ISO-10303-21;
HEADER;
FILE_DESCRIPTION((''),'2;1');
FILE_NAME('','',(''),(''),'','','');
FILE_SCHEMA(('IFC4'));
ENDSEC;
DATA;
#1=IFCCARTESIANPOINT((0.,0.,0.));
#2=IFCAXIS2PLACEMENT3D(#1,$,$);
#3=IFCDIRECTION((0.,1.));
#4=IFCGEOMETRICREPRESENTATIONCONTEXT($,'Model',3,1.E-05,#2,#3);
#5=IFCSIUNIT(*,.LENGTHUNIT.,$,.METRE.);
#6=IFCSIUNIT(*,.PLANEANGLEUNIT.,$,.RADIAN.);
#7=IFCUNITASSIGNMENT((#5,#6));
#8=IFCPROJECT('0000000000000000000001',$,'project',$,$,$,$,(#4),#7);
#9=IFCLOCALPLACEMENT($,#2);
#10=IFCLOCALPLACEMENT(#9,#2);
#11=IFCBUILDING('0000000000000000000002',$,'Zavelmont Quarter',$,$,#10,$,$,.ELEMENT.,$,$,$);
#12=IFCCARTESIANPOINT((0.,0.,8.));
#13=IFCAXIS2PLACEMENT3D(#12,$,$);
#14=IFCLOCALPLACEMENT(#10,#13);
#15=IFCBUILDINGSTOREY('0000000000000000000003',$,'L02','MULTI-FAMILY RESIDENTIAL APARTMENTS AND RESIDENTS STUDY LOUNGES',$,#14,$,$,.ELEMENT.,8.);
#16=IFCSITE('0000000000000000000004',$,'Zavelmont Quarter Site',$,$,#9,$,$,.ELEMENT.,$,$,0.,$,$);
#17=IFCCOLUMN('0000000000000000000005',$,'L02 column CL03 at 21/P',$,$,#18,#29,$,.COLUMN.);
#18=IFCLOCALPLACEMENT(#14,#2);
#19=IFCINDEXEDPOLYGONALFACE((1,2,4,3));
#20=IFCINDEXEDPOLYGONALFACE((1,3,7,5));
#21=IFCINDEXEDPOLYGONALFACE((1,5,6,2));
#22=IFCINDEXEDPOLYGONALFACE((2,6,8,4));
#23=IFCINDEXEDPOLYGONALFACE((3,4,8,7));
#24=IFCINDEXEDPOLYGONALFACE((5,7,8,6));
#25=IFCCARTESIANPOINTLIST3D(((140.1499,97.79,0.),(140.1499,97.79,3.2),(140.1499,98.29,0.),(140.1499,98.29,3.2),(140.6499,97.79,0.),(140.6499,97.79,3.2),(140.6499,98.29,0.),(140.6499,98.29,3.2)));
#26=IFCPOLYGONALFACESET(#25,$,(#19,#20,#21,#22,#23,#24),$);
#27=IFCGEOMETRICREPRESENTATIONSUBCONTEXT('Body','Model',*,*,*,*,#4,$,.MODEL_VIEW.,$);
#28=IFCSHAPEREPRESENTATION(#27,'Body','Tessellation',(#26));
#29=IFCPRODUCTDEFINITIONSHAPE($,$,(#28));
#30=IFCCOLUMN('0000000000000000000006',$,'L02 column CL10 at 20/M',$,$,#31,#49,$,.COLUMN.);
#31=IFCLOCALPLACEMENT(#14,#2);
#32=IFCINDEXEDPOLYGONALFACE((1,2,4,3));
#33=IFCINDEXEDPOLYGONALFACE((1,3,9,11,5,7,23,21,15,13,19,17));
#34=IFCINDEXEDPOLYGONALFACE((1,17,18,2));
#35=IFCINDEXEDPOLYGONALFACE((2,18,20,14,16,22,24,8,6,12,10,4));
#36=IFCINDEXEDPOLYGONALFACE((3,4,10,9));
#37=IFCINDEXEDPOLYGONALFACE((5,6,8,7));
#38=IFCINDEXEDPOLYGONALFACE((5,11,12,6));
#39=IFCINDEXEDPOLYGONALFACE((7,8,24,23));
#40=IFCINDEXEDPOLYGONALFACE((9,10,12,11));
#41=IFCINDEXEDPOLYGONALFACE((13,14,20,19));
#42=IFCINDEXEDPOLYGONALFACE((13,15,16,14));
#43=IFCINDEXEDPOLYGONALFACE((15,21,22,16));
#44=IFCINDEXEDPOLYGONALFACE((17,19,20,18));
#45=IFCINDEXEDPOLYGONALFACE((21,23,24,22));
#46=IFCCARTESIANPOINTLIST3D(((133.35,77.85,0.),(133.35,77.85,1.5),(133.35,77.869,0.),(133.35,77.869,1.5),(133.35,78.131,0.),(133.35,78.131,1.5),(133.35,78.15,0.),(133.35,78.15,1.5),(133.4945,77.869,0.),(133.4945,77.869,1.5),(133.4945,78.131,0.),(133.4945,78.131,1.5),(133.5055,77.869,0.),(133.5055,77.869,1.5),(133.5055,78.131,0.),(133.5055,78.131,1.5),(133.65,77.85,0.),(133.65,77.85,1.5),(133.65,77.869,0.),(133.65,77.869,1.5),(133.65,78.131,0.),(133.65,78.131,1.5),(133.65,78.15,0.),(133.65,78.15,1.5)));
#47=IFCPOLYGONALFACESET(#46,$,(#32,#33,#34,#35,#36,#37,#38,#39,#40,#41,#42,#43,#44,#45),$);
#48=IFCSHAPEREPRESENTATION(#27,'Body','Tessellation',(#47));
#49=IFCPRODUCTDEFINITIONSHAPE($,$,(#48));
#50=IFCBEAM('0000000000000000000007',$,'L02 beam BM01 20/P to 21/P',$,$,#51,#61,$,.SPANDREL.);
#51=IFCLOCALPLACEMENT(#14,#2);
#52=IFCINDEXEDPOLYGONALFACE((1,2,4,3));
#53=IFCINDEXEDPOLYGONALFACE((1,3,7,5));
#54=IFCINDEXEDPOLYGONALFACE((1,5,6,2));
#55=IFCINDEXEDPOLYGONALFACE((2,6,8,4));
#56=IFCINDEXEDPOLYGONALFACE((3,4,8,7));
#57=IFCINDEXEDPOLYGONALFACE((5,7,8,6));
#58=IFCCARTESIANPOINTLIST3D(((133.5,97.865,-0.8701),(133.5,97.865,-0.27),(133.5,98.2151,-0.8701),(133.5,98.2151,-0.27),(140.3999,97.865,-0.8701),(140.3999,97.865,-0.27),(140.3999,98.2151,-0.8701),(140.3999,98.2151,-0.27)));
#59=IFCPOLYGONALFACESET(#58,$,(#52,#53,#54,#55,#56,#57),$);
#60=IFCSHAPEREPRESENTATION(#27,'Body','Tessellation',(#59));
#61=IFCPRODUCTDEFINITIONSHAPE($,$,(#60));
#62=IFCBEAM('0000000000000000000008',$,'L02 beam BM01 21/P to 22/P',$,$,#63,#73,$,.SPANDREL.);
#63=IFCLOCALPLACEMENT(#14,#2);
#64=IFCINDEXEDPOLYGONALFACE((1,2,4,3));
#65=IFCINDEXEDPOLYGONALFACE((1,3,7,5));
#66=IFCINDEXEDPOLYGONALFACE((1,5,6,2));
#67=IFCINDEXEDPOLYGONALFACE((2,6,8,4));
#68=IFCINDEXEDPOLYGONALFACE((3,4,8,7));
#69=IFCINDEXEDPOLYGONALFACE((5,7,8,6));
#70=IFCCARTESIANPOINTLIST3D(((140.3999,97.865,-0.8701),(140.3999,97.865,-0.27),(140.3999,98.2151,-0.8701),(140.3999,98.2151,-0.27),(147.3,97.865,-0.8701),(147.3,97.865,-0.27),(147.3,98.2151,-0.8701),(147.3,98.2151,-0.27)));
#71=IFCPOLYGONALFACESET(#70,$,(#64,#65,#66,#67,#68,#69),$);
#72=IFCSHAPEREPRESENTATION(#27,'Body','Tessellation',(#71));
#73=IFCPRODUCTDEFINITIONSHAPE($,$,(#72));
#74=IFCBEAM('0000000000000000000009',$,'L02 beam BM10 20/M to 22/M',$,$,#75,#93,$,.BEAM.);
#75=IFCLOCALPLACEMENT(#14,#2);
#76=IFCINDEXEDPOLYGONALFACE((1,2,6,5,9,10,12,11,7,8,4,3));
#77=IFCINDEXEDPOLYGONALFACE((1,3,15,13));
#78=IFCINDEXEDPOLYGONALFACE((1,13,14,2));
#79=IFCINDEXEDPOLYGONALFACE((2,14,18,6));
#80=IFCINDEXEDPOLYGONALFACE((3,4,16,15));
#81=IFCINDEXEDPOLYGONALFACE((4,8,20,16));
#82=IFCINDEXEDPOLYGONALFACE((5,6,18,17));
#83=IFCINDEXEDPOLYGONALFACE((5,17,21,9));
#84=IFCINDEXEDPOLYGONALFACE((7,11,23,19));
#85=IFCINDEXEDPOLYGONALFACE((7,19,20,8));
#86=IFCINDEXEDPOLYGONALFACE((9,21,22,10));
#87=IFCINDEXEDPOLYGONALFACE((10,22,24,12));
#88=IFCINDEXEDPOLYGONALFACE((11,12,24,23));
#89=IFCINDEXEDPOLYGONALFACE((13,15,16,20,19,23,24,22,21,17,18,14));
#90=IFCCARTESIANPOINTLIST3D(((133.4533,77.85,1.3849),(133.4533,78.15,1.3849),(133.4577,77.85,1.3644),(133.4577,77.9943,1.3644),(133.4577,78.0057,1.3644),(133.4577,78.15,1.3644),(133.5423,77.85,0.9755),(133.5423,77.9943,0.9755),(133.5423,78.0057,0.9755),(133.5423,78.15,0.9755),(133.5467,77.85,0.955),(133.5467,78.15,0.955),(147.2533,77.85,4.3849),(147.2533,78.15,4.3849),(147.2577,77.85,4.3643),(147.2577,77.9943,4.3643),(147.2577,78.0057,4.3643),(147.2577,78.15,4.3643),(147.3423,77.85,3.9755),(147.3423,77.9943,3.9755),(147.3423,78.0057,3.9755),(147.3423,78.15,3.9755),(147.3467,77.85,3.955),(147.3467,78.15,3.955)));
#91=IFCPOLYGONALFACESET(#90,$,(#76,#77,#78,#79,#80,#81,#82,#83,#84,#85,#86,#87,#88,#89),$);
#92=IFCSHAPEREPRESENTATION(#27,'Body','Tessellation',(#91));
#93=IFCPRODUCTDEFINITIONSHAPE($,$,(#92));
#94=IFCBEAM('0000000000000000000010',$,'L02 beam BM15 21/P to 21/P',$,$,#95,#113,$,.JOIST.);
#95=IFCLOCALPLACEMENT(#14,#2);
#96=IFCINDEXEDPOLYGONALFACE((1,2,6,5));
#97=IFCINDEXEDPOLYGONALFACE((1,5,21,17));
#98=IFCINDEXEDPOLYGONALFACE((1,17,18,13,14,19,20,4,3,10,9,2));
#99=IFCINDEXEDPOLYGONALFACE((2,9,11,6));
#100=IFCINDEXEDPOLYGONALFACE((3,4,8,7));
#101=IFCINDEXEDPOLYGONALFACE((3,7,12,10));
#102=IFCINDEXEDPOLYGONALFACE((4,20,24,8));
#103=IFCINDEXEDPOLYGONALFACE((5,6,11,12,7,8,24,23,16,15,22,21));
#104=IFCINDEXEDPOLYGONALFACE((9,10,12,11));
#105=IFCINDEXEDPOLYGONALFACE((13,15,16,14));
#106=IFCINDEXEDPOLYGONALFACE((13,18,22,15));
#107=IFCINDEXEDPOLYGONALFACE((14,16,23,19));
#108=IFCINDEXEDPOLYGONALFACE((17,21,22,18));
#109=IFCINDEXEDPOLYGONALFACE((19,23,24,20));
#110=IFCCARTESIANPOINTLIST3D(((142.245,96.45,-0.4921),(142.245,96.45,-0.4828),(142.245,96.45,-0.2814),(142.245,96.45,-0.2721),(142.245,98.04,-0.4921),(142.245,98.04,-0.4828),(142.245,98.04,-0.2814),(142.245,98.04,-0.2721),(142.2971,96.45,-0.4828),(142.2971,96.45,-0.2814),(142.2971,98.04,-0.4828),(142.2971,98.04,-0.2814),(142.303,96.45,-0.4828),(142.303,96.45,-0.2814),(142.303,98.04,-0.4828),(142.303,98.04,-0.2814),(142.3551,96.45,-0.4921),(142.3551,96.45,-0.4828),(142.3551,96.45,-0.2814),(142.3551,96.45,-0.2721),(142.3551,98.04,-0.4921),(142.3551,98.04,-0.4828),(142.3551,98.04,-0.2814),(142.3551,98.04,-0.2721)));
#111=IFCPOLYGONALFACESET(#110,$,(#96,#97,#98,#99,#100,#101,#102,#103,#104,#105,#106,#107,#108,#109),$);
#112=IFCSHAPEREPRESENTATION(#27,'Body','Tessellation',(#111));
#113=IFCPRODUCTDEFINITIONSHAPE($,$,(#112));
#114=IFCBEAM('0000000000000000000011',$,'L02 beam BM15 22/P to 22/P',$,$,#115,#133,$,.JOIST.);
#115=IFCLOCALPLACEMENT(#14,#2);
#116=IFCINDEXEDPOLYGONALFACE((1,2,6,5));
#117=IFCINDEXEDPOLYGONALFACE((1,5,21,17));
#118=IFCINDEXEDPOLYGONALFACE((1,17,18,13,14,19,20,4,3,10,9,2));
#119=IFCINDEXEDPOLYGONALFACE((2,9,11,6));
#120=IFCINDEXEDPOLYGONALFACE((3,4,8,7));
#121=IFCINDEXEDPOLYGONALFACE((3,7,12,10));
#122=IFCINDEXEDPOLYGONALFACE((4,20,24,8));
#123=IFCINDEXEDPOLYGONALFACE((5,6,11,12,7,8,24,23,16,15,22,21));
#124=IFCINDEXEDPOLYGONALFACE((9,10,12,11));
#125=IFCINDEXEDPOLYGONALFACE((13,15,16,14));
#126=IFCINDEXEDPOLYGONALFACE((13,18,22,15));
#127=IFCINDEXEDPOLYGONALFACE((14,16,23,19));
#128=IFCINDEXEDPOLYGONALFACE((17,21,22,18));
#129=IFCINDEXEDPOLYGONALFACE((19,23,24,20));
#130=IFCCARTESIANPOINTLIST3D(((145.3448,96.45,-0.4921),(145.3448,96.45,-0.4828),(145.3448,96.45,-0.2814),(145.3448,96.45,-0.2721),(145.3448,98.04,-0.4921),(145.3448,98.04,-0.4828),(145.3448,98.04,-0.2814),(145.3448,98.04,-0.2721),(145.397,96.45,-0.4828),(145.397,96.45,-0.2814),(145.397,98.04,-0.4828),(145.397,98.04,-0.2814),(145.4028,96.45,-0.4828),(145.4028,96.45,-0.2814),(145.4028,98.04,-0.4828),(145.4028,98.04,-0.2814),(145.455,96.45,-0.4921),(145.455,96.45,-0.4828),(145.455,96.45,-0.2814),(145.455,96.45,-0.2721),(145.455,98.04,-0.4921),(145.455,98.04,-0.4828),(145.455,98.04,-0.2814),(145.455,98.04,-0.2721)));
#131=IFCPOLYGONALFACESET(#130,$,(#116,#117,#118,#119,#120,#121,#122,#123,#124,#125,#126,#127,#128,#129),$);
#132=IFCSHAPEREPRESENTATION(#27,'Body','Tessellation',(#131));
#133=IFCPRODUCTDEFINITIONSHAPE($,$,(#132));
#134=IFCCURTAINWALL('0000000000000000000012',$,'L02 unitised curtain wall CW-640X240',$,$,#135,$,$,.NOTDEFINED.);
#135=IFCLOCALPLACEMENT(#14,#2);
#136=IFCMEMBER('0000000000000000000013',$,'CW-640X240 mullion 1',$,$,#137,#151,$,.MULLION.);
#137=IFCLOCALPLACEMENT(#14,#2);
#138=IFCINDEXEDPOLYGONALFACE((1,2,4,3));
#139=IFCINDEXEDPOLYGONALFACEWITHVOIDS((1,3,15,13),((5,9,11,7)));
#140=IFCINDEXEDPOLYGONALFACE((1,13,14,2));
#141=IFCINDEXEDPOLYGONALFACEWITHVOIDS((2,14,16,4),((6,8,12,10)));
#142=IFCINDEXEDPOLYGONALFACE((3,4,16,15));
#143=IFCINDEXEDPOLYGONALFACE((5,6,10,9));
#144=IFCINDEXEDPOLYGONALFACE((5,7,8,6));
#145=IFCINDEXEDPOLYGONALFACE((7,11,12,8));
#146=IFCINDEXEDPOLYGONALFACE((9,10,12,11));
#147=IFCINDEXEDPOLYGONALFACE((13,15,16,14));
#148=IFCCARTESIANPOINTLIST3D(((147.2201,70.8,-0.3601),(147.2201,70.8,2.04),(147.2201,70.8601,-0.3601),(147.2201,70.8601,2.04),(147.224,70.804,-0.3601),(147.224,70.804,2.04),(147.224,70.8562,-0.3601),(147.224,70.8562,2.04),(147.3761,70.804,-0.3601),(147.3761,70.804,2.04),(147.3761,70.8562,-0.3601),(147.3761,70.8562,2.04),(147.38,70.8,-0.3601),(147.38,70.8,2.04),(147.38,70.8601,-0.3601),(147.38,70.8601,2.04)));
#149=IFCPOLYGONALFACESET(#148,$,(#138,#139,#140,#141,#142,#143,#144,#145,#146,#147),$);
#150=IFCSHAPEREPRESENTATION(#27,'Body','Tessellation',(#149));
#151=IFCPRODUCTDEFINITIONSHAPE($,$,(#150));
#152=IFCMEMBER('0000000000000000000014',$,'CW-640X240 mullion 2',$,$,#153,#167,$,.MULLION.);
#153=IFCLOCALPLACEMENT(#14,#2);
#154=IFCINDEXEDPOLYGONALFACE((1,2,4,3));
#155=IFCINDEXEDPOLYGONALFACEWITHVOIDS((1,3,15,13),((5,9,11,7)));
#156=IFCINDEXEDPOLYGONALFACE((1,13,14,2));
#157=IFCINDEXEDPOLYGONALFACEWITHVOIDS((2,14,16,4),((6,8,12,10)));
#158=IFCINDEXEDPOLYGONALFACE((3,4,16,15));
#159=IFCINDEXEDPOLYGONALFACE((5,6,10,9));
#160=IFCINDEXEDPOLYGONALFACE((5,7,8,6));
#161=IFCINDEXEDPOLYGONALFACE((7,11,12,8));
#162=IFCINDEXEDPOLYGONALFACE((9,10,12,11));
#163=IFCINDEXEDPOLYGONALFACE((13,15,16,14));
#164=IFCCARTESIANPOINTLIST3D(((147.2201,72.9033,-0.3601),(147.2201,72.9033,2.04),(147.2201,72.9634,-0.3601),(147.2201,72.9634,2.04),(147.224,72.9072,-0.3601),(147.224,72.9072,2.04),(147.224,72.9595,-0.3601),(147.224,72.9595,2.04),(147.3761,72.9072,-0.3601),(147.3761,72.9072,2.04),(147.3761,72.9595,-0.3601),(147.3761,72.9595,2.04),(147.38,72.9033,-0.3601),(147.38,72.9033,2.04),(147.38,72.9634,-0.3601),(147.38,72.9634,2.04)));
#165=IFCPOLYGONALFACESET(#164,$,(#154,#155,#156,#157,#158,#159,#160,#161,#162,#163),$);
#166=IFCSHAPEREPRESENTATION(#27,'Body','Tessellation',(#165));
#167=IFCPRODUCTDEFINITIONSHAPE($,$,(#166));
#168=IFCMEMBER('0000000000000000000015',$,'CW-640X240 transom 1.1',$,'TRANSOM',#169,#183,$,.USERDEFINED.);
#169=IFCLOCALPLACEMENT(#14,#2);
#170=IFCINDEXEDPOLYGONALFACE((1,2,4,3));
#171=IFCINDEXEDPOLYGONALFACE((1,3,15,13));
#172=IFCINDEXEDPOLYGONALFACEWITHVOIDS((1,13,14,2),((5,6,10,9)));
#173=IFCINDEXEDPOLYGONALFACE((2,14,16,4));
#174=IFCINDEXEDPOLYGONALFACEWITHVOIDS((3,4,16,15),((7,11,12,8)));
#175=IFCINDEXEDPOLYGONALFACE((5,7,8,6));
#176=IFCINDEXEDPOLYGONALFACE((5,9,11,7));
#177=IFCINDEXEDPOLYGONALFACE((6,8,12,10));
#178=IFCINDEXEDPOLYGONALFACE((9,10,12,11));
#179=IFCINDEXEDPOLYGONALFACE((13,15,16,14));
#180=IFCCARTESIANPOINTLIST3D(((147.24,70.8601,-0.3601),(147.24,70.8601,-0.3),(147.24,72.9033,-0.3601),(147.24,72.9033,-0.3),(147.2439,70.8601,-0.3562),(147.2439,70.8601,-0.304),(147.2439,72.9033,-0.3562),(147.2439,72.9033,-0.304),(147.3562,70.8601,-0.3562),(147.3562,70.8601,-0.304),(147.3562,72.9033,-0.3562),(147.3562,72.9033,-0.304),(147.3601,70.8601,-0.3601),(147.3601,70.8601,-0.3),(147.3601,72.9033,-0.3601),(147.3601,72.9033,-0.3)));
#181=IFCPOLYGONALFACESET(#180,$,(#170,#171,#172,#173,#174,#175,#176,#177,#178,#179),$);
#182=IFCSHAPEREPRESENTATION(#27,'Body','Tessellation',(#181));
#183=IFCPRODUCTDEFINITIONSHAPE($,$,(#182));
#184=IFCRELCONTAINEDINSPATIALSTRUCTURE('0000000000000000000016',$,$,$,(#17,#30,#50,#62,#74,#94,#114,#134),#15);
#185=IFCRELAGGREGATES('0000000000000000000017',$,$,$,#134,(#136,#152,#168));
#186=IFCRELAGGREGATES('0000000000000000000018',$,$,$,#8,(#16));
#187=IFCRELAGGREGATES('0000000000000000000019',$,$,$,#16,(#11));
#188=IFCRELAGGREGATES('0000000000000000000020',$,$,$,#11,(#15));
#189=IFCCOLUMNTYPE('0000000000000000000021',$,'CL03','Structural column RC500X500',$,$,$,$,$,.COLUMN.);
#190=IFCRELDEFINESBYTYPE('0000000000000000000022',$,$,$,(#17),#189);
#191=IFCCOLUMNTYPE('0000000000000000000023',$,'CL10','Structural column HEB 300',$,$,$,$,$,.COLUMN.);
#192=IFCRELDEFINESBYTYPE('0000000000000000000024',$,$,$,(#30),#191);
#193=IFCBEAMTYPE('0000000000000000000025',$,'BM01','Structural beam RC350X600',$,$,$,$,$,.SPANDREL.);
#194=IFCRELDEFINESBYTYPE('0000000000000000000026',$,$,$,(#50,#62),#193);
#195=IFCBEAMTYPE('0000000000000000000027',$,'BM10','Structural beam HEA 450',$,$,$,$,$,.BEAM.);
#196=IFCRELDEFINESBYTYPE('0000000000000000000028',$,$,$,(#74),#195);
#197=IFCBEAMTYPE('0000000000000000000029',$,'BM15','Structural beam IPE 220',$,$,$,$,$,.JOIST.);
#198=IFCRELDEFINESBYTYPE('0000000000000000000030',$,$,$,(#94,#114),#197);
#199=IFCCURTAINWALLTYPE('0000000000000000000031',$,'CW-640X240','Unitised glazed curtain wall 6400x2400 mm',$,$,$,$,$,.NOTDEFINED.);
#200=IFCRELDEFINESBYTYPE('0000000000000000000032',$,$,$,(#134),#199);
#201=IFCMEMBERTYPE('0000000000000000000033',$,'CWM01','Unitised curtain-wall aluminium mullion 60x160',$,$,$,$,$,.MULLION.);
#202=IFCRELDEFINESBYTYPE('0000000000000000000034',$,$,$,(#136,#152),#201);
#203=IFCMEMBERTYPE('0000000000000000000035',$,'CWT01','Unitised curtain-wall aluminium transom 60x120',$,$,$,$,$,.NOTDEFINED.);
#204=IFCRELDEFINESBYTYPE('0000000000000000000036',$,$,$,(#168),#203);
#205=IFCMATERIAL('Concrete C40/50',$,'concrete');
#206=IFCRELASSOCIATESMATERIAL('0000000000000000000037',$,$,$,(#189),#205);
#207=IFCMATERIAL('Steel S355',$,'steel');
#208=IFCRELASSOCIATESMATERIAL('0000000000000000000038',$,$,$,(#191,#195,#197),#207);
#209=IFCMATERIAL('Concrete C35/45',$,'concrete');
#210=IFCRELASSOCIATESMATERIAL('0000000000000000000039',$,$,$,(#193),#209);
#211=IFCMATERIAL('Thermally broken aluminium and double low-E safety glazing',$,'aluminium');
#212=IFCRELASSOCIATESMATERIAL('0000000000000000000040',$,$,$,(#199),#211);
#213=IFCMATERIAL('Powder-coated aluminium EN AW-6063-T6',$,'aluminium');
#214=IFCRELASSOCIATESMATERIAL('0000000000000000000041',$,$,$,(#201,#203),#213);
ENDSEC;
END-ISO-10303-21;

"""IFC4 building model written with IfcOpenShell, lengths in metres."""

from ifc_helpers import new_model, si_unit, direction, frame, origin, origin_2d, place, context, subcontext, project, spatial, rectangle, hollow_rectangle, i_section, extrude, material, material_profile, profile_set, type_object, element, aggregate, save


model = new_model("IFC4")

# Units and contexts
model_context = context("Model", 3, precision=1e-05, world=origin(), true_north=direction((0.0, 1.0)))
body_context = subcontext(model_context, "Body", "Model", "MODEL_VIEW")
ifc_project = project(units=[si_unit("LENGTHUNIT", "METRE"), si_unit("PLANEANGLEUNIT", "RADIAN")], contexts=[model_context])

# Site, building, storey
site_placement = place(None, origin())
site = spatial("IfcSite", under=ifc_project, at=site_placement, Name="Zavelmont Quarter Site", CompositionType="ELEMENT", RefElevation=0.0)
building_placement = place(site_placement, origin())
building = spatial("IfcBuilding", under=site, at=building_placement, Name="Zavelmont Quarter", CompositionType="ELEMENT")
storey_placement = place(building_placement, frame((0.0, 0.0, 8.0)))
storey = spatial("IfcBuildingStorey", under=building, at=storey_placement, Name="L02", Description="MULTI-FAMILY RESIDENTIAL APARTMENTS AND RESIDENTS STUDY LOUNGES", CompositionType="ELEMENT", Elevation=8.0)

# Columns
ifc_material_1 = material(Name="Concrete C40/50", Category="concrete")
ifc_material_profile_1 = material_profile(ifc_material_1, rectangle(XDim=0.5, YDim=0.5, at=origin_2d()), Name="RC500X500")
ifc_profile_set_1 = profile_set([ifc_material_profile_1], Name="Concrete C40/50")
column_type_1 = type_object("IfcColumnType", Name="CL03", Description="Structural column RC500X500", PredefinedType="COLUMN", material=ifc_profile_set_1)
column_1_placement = place(storey_placement, frame((140.3999, 98.04, 0.0), z_axis=(0.0, 0.0, 1.0), x_axis=(1.0, 0.0, 0.0)))
element("IfcColumn", 1, at=column_1_placement, inside=storey, type_object=column_type_1, Name="L02 column CL03 at 21/P", PredefinedType="COLUMN", context=body_context, shape_type="SweptSolid", body=[
    extrude(rectangle(XDim=0.5, YDim=0.5, at=origin_2d()), origin(), (0.0, 0.0, 1.0), 3.2),
])
ifc_material_2 = material(Name="Steel S355", Category="steel")
ifc_material_profile_2 = material_profile(ifc_material_2, i_section(OverallWidth=0.3, OverallDepth=0.3, WebThickness=0.011, FlangeThickness=0.019, at=origin_2d()), Name="HEB 300")
ifc_profile_set_2 = profile_set([ifc_material_profile_2], Name="Steel S355")
column_type_2 = type_object("IfcColumnType", Name="CL10", Description="Structural column HEB 300", PredefinedType="COLUMN", material=ifc_profile_set_2)
column_2_placement = place(storey_placement, frame((133.5, 78.0, 0.0), z_axis=(0.0, 0.0, 1.0), x_axis=(1.0, 0.0, 0.0)))
element("IfcColumn", 2, at=column_2_placement, inside=storey, type_object=column_type_2, Name="L02 column CL10 at 20/M", PredefinedType="COLUMN", context=body_context, shape_type="SweptSolid", body=[
    extrude(i_section(OverallWidth=0.3, OverallDepth=0.3, WebThickness=0.011, FlangeThickness=0.019, at=origin_2d()), origin(), (0.0, 0.0, 1.0), 1.5),
])

# Beams
ifc_material_3 = material(Name="Concrete C35/45", Category="concrete")
ifc_material_profile_3 = material_profile(ifc_material_3, rectangle(XDim=0.3501, YDim=0.6001, at=origin_2d()), Name="RC350X600")
ifc_profile_set_3 = profile_set([ifc_material_profile_3], Name="Concrete C35/45")
beam_type_1 = type_object("IfcBeamType", Name="BM01", Description="Structural beam RC350X600", PredefinedType="SPANDREL", material=ifc_profile_set_3)
beam_1_placement = place(storey_placement, frame((133.5, 98.04, -0.5701), z_axis=(1.0, 0.0, 0.0), x_axis=(0.0, 1.0, 0.0)))
element("IfcBeam", 3, at=beam_1_placement, inside=storey, type_object=beam_type_1, Name="L02 beam BM01 20/P to 21/P", PredefinedType="SPANDREL", context=body_context, shape_type="SweptSolid", body=[
    extrude(rectangle(XDim=0.3501, YDim=0.6001, at=origin_2d()), origin(), (0.0, 0.0, 1.0), 6.8999),
])
beam_2_placement = place(storey_placement, frame((140.3999, 98.04, -0.5701), z_axis=(1.0, 0.0, 0.0), x_axis=(0.0, 1.0, 0.0)))
element("IfcBeam", 4, at=beam_2_placement, inside=storey, type_object=beam_type_1, Name="L02 beam BM01 21/P to 22/P", PredefinedType="SPANDREL", context=body_context, shape_type="SweptSolid", body=[
    extrude(rectangle(XDim=0.3501, YDim=0.6001, at=origin_2d()), origin(), (0.0, 0.0, 1.0), 6.9001),
])
ifc_material_profile_4 = material_profile(ifc_material_2, i_section(OverallWidth=0.3, OverallDepth=0.4399, WebThickness=0.0115, FlangeThickness=0.021, at=origin_2d()), Name="HEA 450")
ifc_profile_set_4 = profile_set([ifc_material_profile_4], Name="Steel S355")
beam_type_2 = type_object("IfcBeamType", Name="BM10", Description="Structural beam HEA 450", PredefinedType="BEAM", material=ifc_profile_set_4)
beam_3_placement = place(storey_placement, frame((133.5, 78.0, 1.1699), z_axis=(0.977177, 0.0, 0.212429), x_axis=(0.0, 1.0, 0.0)))
element("IfcBeam", 5, at=beam_3_placement, inside=storey, type_object=beam_type_2, Name="L02 beam BM10 20/M to 22/M", PredefinedType="BEAM", context=body_context, shape_type="SweptSolid", body=[
    extrude(i_section(OverallWidth=0.3, OverallDepth=0.4399, WebThickness=0.0115, FlangeThickness=0.021, at=origin_2d()), origin(), (0.0, 0.0, 1.0), 14.1223),
])
ifc_material_profile_5 = material_profile(ifc_material_2, i_section(OverallWidth=0.1101, OverallDepth=0.22, WebThickness=0.0059, FlangeThickness=0.0093, at=origin_2d()), Name="IPE 220")
ifc_profile_set_5 = profile_set([ifc_material_profile_5], Name="Steel S355")
beam_type_3 = type_object("IfcBeamType", Name="BM15", Description="Structural beam IPE 220", PredefinedType="JOIST", material=ifc_profile_set_5)
for number, where, z_axis, x_axis, name in (
    (6, (142.3, 98.04, -0.3821), (0.0, -1.0, 0.0), (1.0, 0.0, 0.0), "L02 beam BM15 21/P to 21/P"),
    (7, (145.3999, 98.04, -0.3821), (0.0, -1.0, 0.0), (1.0, 0.0, 0.0), "L02 beam BM15 22/P to 22/P"),
):
    element("IfcBeam", number, at=place(storey_placement, frame(where, z_axis=z_axis, x_axis=x_axis)), inside=storey, type_object=beam_type_3, Name=name, PredefinedType="JOIST", context=body_context, shape_type="SweptSolid", body=[
        extrude(i_section(OverallWidth=0.1101, OverallDepth=0.22, WebThickness=0.0059, FlangeThickness=0.0093, at=origin_2d()), origin(), (0.0, 0.0, 1.0), 1.5901),
    ])

# Curtain wall, members
ifc_material_4 = material(Name="Thermally broken aluminium and double low-E safety glazing", Category="aluminium")
curtain_wall_type = type_object("IfcCurtainWallType", Name="CW-640X240", Description="Unitised glazed curtain wall 6400x2400 mm", PredefinedType="NOTDEFINED", material=ifc_material_4)
curtain_wall_placement = place(storey_placement, origin())
curtain_wall = element("IfcCurtainWall", 8, at=curtain_wall_placement, inside=storey, type_object=curtain_wall_type, Name="L02 unitised curtain wall CW-640X240", PredefinedType="NOTDEFINED")
ifc_material_5 = material(Name="Powder-coated aluminium EN AW-6063-T6", Category="aluminium")
ifc_material_profile_6 = material_profile(ifc_material_5, hollow_rectangle(XDim=0.0601, YDim=0.1599, WallThickness=0.0039, at=origin_2d()), Name="CWM60X160")
ifc_profile_set_6 = profile_set([ifc_material_profile_6], Name="Powder-coated aluminium EN AW-6063-T6")
member_type_1 = type_object("IfcMemberType", Name="CWM01", Description="Unitised curtain-wall aluminium mullion 60x160", PredefinedType="MULLION", material=ifc_profile_set_6)
member_1_placement = place(storey_placement, frame((147.3, 70.8301, -0.3601), z_axis=(0.0, 0.0, 1.0), x_axis=(0.0, 1.0, 0.0)))
member_1 = element("IfcMember", 9, at=member_1_placement, type_object=member_type_1, Name="CW-640X240 mullion 1", PredefinedType="MULLION", context=body_context, shape_type="SweptSolid", body=[
    extrude(hollow_rectangle(XDim=0.0601, YDim=0.1599, WallThickness=0.0039, at=origin_2d()), origin(), (0.0, 0.0, 1.0), 2.4001),
])
member_2_placement = place(storey_placement, frame((147.3, 72.9333, -0.3601), z_axis=(0.0, 0.0, 1.0), x_axis=(0.0, 1.0, 0.0)))
member_2 = element("IfcMember", 10, at=member_2_placement, type_object=member_type_1, Name="CW-640X240 mullion 2", PredefinedType="MULLION", context=body_context, shape_type="SweptSolid", body=[
    extrude(hollow_rectangle(XDim=0.0601, YDim=0.1599, WallThickness=0.0039, at=origin_2d()), origin(), (0.0, 0.0, 1.0), 2.4001),
])
ifc_material_profile_7 = material_profile(ifc_material_5, hollow_rectangle(XDim=0.1201, YDim=0.0601, WallThickness=0.0039, at=origin_2d()), Name="CWT60X120")
ifc_profile_set_7 = profile_set([ifc_material_profile_7], Name="Powder-coated aluminium EN AW-6063-T6")
member_type_2 = type_object("IfcMemberType", Name="CWT01", Description="Unitised curtain-wall aluminium transom 60x120", PredefinedType="NOTDEFINED", material=ifc_profile_set_7)
member_3_placement = place(storey_placement, frame((147.3, 70.8601, -0.3301), z_axis=(0.0, 1.0, 0.0), x_axis=(-1.0, 0.0, 0.0)))
member_3 = element("IfcMember", 11, at=member_3_placement, type_object=member_type_2, Name="CW-640X240 transom 1.1", ObjectType="TRANSOM", PredefinedType="USERDEFINED", context=body_context, shape_type="SweptSolid", body=[
    extrude(hollow_rectangle(XDim=0.1201, YDim=0.0601, WallThickness=0.0039, at=origin_2d()), origin(), (0.0, 0.0, 1.0), 2.0432),
])

aggregate(curtain_wall, [member_1, member_2, member_3])

save(model, "model.ifc")
